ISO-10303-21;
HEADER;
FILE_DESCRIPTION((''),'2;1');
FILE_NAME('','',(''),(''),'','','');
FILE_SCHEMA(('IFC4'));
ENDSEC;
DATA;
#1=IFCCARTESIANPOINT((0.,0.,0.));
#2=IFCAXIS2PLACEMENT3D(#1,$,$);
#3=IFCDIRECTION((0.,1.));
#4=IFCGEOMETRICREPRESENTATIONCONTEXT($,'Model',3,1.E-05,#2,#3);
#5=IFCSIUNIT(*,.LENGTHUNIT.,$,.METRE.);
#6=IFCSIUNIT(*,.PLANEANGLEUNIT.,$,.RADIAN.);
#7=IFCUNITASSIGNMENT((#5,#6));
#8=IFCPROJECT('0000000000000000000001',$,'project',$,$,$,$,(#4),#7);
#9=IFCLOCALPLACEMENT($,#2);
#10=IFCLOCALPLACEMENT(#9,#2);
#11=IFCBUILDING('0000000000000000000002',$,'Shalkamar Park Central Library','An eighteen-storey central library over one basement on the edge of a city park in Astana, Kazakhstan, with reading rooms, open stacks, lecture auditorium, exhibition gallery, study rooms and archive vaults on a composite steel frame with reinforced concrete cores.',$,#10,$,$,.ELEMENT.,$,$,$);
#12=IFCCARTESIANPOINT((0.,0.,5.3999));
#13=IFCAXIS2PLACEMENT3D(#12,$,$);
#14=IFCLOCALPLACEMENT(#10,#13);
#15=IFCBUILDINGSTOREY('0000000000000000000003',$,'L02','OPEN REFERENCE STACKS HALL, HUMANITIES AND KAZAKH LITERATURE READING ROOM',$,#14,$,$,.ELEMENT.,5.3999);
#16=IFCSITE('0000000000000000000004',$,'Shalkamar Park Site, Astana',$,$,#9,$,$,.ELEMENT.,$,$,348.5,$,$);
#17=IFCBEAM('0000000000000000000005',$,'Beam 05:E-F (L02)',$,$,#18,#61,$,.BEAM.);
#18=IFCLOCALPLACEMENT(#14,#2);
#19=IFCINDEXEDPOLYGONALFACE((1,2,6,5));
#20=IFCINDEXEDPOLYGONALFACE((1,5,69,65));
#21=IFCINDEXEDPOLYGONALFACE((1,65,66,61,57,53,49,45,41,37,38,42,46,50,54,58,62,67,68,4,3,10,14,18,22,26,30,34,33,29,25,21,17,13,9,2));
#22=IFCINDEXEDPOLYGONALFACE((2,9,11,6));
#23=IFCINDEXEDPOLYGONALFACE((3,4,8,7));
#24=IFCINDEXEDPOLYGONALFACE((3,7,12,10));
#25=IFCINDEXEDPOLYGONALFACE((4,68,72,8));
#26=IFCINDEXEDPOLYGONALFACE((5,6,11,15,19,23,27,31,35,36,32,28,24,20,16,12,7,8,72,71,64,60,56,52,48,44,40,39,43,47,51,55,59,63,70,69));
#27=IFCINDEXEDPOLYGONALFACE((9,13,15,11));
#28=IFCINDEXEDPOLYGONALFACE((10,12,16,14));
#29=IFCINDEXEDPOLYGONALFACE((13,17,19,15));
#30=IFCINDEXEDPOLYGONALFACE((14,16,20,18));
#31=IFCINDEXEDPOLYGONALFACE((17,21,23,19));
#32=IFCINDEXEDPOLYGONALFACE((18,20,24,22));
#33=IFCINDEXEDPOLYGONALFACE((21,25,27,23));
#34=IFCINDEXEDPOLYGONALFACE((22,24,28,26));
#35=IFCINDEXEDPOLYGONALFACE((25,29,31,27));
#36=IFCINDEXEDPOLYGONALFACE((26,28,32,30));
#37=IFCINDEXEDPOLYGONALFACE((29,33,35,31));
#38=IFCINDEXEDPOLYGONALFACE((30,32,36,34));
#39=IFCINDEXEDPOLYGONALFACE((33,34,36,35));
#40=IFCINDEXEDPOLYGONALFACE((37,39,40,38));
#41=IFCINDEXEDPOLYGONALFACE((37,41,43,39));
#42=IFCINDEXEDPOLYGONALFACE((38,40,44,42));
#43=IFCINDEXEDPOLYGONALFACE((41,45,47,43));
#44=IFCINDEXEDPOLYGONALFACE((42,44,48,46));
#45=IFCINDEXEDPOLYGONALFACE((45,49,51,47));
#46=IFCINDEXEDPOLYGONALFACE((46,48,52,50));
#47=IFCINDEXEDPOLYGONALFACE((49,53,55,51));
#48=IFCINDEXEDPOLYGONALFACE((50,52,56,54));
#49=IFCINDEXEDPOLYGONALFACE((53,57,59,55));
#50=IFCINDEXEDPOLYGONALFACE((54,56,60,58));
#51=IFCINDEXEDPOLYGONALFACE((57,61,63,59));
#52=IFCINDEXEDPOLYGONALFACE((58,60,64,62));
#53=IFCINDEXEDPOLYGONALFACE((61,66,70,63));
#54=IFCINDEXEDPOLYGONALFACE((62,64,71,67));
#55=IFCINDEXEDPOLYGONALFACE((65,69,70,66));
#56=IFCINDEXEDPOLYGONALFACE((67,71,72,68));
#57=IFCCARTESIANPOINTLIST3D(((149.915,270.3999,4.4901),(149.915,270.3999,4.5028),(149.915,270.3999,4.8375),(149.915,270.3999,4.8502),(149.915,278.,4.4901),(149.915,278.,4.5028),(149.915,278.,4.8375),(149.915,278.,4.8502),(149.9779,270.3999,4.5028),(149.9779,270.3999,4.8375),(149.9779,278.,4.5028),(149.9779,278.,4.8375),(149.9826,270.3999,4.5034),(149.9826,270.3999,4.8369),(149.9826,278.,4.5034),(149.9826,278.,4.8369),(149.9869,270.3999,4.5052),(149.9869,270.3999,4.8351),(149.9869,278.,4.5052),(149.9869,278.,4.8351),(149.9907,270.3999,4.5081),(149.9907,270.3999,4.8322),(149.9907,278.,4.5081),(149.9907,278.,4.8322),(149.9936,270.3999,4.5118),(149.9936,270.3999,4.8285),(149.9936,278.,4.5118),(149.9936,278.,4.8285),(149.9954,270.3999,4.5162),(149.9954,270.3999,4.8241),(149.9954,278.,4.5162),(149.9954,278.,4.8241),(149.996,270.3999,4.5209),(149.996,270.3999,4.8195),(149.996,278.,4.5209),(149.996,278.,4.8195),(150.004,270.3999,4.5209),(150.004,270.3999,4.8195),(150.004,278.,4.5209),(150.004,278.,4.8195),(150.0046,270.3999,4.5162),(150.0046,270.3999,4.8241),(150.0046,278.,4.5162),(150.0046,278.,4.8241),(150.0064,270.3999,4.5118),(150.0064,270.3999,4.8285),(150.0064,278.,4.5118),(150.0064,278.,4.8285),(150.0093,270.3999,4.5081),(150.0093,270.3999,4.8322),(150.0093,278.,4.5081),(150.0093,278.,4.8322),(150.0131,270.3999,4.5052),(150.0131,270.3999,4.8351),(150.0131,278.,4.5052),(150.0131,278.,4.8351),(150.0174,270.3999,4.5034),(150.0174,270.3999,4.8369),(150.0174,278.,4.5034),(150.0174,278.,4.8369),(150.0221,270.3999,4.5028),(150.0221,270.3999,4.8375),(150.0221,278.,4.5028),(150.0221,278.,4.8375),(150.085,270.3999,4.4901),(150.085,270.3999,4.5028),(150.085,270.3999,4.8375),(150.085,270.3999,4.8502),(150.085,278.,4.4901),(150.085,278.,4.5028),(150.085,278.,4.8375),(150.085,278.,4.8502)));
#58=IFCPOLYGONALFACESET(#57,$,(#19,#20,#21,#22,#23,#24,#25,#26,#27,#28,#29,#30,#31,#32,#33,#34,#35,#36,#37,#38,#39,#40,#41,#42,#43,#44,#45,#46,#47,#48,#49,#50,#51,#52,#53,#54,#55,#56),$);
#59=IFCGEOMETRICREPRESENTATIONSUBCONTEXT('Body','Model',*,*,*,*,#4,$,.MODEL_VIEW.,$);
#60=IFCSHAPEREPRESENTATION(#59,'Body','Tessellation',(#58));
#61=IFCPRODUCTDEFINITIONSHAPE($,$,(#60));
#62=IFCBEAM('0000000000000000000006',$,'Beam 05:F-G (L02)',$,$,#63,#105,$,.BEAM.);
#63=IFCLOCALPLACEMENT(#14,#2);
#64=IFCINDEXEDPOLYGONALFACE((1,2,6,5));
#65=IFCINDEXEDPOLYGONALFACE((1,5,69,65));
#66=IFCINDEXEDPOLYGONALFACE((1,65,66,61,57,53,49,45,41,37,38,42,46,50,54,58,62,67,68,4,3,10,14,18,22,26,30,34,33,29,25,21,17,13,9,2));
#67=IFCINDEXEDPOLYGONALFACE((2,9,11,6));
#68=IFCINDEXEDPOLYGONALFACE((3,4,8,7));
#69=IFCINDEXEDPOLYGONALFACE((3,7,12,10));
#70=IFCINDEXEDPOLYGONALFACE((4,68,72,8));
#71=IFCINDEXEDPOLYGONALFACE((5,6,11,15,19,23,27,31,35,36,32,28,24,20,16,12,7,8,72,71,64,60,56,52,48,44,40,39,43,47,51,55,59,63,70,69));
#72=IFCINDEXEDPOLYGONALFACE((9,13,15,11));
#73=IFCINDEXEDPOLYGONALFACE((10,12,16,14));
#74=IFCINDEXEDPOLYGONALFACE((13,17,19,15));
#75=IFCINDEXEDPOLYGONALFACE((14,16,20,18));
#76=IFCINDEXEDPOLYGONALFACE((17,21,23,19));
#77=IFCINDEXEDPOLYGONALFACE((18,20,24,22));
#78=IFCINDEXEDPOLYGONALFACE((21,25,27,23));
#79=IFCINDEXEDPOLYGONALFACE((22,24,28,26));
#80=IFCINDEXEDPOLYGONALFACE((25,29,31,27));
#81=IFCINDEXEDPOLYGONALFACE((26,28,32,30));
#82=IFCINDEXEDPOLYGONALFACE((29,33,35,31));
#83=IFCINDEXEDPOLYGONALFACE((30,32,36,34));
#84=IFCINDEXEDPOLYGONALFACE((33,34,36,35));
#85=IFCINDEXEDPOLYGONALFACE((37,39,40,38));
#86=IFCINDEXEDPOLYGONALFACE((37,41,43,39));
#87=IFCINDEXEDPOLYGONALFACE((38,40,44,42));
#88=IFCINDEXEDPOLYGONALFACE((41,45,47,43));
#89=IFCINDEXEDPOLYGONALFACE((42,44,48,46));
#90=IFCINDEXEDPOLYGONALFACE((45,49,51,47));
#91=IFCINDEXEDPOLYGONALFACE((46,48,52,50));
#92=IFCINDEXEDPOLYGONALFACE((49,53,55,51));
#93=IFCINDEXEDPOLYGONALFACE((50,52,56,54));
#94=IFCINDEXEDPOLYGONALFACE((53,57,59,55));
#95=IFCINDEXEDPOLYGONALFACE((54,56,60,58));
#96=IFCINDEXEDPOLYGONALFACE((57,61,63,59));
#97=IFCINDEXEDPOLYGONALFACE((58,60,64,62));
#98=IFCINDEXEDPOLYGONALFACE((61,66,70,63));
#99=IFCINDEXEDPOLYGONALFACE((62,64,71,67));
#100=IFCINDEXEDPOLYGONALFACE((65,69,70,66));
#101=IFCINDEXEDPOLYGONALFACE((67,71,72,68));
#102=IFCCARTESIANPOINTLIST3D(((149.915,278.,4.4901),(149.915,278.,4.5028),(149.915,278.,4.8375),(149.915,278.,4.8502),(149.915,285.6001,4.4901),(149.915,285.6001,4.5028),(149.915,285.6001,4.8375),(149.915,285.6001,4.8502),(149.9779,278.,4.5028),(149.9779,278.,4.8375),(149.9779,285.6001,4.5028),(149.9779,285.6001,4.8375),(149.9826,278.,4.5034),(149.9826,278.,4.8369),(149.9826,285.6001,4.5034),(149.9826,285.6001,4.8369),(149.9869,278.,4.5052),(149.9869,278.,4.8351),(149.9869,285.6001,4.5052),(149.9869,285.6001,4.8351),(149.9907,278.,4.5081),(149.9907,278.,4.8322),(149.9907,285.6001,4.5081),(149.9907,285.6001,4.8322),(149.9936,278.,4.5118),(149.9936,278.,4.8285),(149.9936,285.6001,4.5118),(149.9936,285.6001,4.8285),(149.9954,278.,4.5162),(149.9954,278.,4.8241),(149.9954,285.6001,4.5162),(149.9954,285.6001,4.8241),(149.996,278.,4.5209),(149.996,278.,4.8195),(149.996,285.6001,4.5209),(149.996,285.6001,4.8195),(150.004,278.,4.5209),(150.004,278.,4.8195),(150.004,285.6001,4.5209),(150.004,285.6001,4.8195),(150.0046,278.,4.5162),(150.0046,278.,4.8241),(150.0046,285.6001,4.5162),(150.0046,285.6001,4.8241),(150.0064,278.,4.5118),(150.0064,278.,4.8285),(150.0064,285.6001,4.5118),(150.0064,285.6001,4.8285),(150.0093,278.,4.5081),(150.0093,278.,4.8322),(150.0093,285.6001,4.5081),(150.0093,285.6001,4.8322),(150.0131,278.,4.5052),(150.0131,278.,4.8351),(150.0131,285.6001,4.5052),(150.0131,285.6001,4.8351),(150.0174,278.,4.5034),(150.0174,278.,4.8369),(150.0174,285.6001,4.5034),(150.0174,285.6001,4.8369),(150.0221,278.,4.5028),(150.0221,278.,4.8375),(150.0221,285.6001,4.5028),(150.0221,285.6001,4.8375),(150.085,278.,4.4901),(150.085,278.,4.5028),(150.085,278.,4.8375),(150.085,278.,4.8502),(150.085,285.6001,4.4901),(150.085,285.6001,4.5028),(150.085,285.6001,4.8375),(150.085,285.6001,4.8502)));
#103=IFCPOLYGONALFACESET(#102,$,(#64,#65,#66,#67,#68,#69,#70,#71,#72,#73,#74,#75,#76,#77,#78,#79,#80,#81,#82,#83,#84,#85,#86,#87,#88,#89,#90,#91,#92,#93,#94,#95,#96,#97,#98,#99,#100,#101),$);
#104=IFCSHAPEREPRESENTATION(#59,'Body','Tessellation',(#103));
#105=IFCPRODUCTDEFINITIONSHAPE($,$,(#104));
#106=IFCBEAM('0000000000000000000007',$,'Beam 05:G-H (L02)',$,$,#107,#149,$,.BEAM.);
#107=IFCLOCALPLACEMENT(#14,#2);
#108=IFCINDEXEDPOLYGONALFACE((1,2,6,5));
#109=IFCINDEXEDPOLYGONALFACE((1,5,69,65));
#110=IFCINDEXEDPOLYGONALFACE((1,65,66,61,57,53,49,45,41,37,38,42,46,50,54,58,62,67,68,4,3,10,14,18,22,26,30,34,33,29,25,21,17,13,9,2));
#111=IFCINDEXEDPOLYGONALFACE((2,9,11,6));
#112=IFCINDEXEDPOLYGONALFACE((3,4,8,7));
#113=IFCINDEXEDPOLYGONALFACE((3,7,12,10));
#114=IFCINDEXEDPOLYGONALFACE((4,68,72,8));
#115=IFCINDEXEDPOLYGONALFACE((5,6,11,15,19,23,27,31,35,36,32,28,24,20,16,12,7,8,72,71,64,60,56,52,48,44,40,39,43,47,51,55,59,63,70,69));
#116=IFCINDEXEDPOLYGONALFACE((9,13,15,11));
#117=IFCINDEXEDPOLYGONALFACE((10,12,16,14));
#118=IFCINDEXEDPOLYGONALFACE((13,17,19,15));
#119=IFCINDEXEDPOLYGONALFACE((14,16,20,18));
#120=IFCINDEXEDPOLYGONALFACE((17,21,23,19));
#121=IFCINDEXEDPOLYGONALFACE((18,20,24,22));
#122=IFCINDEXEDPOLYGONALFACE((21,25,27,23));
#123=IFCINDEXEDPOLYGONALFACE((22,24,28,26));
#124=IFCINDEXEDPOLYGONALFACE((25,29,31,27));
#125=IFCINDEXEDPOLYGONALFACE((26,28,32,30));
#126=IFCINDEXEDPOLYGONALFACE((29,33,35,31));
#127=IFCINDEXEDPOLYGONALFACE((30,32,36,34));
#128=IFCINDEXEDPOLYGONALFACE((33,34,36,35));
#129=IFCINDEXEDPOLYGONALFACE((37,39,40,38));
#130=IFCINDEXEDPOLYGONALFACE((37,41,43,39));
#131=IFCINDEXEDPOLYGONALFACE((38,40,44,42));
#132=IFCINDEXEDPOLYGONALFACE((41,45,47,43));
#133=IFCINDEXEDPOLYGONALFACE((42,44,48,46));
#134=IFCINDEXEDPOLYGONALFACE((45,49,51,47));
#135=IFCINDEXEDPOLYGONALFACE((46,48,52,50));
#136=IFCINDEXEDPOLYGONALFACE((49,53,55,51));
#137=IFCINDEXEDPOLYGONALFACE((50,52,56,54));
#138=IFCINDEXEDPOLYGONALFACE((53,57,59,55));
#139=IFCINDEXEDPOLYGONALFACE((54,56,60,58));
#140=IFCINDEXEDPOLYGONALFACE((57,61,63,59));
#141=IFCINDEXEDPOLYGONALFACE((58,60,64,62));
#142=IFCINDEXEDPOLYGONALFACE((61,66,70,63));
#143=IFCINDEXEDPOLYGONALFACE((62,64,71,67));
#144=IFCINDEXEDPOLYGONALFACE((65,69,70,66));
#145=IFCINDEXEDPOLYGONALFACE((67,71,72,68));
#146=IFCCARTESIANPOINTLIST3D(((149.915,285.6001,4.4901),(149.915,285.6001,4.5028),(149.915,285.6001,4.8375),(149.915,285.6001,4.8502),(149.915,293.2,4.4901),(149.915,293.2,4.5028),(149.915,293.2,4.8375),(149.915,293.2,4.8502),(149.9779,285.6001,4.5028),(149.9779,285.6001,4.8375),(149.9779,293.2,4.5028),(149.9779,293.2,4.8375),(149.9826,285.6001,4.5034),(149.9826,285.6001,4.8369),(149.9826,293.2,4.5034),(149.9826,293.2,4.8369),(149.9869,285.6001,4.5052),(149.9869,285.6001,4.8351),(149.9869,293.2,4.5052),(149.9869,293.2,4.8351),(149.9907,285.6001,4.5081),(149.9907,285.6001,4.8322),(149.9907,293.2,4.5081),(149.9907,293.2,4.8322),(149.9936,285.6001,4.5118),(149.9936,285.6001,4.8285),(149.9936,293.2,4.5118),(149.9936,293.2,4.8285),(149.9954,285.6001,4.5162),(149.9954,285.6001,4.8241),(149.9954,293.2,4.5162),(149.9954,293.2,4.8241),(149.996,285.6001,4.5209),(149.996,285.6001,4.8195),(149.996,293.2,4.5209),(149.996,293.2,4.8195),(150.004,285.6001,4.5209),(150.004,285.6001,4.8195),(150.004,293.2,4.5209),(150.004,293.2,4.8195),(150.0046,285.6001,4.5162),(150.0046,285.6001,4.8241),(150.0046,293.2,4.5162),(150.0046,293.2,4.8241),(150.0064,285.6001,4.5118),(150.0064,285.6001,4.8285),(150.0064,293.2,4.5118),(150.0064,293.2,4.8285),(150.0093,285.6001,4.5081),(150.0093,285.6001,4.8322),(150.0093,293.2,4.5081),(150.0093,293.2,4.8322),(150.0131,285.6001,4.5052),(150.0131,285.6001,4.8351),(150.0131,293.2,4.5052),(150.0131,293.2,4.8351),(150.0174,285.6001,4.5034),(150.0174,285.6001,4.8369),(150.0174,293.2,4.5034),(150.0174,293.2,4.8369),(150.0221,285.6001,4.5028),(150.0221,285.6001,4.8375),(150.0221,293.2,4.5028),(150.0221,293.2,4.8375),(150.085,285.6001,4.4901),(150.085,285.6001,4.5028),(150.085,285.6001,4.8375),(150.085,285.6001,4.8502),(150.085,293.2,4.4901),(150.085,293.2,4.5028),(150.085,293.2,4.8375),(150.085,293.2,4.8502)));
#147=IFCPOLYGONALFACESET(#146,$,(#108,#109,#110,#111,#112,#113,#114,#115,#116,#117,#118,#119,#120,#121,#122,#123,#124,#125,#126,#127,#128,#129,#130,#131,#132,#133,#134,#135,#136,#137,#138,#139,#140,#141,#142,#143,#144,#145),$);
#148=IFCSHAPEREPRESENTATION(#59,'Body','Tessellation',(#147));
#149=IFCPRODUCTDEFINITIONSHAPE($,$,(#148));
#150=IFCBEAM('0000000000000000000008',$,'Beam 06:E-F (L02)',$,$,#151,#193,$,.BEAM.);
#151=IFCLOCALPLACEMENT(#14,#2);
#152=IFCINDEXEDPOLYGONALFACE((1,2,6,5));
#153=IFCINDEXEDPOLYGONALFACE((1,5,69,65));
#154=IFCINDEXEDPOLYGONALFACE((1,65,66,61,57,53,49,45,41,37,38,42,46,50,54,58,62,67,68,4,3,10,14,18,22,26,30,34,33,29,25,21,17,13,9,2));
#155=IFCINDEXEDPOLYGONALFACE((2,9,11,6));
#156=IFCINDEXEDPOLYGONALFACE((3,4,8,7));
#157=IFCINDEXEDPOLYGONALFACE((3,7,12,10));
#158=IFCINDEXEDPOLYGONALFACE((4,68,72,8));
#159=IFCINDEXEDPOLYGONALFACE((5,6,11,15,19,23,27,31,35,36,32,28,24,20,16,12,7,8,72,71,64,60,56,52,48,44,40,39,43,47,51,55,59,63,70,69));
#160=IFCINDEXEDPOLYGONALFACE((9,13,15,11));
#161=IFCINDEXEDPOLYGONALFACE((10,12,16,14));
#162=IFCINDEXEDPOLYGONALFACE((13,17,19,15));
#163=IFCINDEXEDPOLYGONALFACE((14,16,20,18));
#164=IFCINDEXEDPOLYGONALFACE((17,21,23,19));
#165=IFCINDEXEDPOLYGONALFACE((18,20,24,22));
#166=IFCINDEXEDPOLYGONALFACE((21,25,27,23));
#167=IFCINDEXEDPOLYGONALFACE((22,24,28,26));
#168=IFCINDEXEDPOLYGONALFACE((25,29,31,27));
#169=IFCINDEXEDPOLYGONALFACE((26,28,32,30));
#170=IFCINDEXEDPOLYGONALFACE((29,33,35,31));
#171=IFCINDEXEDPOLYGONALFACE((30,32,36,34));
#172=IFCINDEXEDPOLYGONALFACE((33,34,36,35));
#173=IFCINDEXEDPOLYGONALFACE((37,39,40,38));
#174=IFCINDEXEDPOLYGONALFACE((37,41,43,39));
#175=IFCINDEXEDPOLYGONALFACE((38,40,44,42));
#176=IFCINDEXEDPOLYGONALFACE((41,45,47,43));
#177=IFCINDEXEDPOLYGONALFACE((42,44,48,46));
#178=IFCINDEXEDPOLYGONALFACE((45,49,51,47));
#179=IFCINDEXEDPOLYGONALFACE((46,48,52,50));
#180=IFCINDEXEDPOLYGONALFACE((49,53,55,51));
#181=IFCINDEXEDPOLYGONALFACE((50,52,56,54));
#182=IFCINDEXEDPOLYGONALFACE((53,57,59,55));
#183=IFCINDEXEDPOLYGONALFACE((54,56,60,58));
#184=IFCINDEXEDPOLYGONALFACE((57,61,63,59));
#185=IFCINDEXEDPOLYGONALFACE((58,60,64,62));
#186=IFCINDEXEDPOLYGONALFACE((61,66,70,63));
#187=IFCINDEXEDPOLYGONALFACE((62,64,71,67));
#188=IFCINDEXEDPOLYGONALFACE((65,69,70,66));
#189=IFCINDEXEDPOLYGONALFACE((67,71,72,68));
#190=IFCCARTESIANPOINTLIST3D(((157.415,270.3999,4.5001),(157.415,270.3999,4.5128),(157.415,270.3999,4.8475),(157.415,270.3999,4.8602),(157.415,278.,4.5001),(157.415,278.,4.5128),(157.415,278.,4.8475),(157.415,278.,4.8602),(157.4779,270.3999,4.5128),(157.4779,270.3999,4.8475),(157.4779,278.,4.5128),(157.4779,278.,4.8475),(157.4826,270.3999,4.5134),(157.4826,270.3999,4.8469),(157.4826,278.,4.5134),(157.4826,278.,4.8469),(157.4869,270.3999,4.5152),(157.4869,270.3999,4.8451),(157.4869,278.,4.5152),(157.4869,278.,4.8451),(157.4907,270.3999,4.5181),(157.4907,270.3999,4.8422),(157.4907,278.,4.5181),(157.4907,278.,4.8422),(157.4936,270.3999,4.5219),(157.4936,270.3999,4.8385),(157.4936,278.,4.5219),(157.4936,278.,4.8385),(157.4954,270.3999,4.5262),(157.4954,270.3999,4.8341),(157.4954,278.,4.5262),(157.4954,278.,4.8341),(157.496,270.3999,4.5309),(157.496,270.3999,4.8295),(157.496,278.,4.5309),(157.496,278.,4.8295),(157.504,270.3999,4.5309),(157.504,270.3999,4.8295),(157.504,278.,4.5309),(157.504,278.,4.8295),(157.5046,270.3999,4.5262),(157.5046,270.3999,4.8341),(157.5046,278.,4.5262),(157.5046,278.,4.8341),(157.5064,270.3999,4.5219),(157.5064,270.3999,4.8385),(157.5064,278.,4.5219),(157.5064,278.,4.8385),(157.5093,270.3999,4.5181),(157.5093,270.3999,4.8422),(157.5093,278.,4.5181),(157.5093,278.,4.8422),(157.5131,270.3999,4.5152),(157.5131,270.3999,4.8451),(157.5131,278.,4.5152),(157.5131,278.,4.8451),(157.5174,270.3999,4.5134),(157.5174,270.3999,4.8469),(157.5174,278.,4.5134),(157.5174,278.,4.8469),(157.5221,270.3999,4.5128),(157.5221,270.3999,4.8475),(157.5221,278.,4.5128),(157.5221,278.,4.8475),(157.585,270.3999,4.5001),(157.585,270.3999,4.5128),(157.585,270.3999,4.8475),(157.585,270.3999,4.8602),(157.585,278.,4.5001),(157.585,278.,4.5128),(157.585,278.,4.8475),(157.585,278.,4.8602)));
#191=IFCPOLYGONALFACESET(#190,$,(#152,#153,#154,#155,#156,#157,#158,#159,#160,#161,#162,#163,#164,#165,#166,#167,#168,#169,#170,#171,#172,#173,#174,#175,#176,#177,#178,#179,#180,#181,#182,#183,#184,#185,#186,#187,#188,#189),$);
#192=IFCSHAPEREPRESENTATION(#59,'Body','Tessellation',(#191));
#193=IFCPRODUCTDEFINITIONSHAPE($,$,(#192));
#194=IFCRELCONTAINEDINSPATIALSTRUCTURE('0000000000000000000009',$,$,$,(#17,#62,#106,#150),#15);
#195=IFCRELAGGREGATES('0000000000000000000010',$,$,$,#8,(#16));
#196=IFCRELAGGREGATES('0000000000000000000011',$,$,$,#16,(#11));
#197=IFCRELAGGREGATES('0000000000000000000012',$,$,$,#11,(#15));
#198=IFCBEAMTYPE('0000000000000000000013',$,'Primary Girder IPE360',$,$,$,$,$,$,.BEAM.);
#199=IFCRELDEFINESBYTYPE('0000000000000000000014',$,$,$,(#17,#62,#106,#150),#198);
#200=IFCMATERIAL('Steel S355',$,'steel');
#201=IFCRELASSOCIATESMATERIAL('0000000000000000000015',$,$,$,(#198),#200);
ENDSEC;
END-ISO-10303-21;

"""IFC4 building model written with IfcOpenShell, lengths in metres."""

from ifc_helpers import new_model, si_unit, direction, frame, origin, origin_2d, place, context, subcontext, project, spatial, i_section, extrude, material, material_profile, profile_set, type_object, element, save


model = new_model("IFC4")

# Units and contexts
model_context = context("Model", 3, precision=1e-05, world=origin(), true_north=direction((0.0, 1.0)))
body_context = subcontext(model_context, "Body", "Model", "MODEL_VIEW")
ifc_project = project(units=[si_unit("LENGTHUNIT", "METRE"), si_unit("PLANEANGLEUNIT", "RADIAN")], contexts=[model_context])

# Site, building, storey
site_placement = place(None, origin())
site = spatial("IfcSite", under=ifc_project, at=site_placement, Name="Shalkamar Park Site, Astana", CompositionType="ELEMENT", RefElevation=348.5)
building_placement = place(site_placement, origin())
building = spatial("IfcBuilding", under=site, at=building_placement, Name="Shalkamar Park Central Library", Description="An eighteen-storey central library over one basement on the edge of a city park in Astana, Kazakhstan, with reading rooms, open stacks, lecture auditorium, exhibition gallery, study rooms and archive vaults on a composite steel frame with reinforced concrete cores.", CompositionType="ELEMENT")
storey_placement = place(building_placement, frame((0.0, 0.0, 5.3999)))
storey = spatial("IfcBuildingStorey", under=building, at=storey_placement, Name="L02", Description="OPEN REFERENCE STACKS HALL, HUMANITIES AND KAZAKH LITERATURE READING ROOM", CompositionType="ELEMENT", Elevation=5.3999)

# Shared definitions
ifc_material_1 = material(Name="Steel S355", Category="steel")

# Beams
ifc_material_profile_1 = material_profile(ifc_material_1, i_section(OverallWidth=0.1699, OverallDepth=0.3601, WebThickness=0.0081, FlangeThickness=0.0127, FilletRadius=0.0181, at=origin_2d()), Name="IPE 360")
ifc_profile_set_1 = profile_set([ifc_material_profile_1], Name="Steel S355")
beam_type_1 = type_object("IfcBeamType", Name="Primary Girder IPE360", PredefinedType="BEAM", material=ifc_profile_set_1)
for number, where, z_axis, x_axis, name in (
    (1, (150.0, 270.3999, 4.6702), (0.0, 1.0, 0.0), (-1.0, 0.0, 0.0), "Beam 05:E-F (L02)"),
    (2, (150.0, 278.0, 4.6702), (0.0, 1.0, 0.0), (-1.0, 0.0, 0.0), "Beam 05:F-G (L02)"),
):
    element("IfcBeam", number, at=place(storey_placement, frame(where, z_axis=z_axis, x_axis=x_axis)), inside=storey, type_object=beam_type_1, Name=name, PredefinedType="BEAM", context=body_context, shape_type="SweptSolid", body=[
        extrude(i_section(OverallWidth=0.1699, OverallDepth=0.3601, WebThickness=0.0081, FlangeThickness=0.0127, FilletRadius=0.0181, at=origin_2d()), origin(), (0.0, 0.0, 1.0), 7.6001),
    ])
beam_1_placement = place(storey_placement, frame((150.0, 285.6001, 4.6702), z_axis=(0.0, 1.0, 0.0), x_axis=(-1.0, 0.0, 0.0)))
element("IfcBeam", 3, at=beam_1_placement, inside=storey, type_object=beam_type_1, Name="Beam 05:G-H (L02)", PredefinedType="BEAM", context=body_context, shape_type="SweptSolid", body=[
    extrude(i_section(OverallWidth=0.1699, OverallDepth=0.3601, WebThickness=0.0081, FlangeThickness=0.0127, FilletRadius=0.0181, at=origin_2d()), origin(), (0.0, 0.0, 1.0), 7.5999),
])
beam_2_placement = place(storey_placement, frame((157.5, 270.3999, 4.6802), z_axis=(0.0, 1.0, 0.0), x_axis=(-1.0, 0.0, 0.0)))
element("IfcBeam", 4, at=beam_2_placement, inside=storey, type_object=beam_type_1, Name="Beam 06:E-F (L02)", PredefinedType="BEAM", context=body_context, shape_type="SweptSolid", body=[
    extrude(i_section(OverallWidth=0.1699, OverallDepth=0.3601, WebThickness=0.0081, FlangeThickness=0.0127, FilletRadius=0.0181, at=origin_2d()), origin(), (0.0, 0.0, 1.0), 7.6001),
])

save(model, "model.ifc")
